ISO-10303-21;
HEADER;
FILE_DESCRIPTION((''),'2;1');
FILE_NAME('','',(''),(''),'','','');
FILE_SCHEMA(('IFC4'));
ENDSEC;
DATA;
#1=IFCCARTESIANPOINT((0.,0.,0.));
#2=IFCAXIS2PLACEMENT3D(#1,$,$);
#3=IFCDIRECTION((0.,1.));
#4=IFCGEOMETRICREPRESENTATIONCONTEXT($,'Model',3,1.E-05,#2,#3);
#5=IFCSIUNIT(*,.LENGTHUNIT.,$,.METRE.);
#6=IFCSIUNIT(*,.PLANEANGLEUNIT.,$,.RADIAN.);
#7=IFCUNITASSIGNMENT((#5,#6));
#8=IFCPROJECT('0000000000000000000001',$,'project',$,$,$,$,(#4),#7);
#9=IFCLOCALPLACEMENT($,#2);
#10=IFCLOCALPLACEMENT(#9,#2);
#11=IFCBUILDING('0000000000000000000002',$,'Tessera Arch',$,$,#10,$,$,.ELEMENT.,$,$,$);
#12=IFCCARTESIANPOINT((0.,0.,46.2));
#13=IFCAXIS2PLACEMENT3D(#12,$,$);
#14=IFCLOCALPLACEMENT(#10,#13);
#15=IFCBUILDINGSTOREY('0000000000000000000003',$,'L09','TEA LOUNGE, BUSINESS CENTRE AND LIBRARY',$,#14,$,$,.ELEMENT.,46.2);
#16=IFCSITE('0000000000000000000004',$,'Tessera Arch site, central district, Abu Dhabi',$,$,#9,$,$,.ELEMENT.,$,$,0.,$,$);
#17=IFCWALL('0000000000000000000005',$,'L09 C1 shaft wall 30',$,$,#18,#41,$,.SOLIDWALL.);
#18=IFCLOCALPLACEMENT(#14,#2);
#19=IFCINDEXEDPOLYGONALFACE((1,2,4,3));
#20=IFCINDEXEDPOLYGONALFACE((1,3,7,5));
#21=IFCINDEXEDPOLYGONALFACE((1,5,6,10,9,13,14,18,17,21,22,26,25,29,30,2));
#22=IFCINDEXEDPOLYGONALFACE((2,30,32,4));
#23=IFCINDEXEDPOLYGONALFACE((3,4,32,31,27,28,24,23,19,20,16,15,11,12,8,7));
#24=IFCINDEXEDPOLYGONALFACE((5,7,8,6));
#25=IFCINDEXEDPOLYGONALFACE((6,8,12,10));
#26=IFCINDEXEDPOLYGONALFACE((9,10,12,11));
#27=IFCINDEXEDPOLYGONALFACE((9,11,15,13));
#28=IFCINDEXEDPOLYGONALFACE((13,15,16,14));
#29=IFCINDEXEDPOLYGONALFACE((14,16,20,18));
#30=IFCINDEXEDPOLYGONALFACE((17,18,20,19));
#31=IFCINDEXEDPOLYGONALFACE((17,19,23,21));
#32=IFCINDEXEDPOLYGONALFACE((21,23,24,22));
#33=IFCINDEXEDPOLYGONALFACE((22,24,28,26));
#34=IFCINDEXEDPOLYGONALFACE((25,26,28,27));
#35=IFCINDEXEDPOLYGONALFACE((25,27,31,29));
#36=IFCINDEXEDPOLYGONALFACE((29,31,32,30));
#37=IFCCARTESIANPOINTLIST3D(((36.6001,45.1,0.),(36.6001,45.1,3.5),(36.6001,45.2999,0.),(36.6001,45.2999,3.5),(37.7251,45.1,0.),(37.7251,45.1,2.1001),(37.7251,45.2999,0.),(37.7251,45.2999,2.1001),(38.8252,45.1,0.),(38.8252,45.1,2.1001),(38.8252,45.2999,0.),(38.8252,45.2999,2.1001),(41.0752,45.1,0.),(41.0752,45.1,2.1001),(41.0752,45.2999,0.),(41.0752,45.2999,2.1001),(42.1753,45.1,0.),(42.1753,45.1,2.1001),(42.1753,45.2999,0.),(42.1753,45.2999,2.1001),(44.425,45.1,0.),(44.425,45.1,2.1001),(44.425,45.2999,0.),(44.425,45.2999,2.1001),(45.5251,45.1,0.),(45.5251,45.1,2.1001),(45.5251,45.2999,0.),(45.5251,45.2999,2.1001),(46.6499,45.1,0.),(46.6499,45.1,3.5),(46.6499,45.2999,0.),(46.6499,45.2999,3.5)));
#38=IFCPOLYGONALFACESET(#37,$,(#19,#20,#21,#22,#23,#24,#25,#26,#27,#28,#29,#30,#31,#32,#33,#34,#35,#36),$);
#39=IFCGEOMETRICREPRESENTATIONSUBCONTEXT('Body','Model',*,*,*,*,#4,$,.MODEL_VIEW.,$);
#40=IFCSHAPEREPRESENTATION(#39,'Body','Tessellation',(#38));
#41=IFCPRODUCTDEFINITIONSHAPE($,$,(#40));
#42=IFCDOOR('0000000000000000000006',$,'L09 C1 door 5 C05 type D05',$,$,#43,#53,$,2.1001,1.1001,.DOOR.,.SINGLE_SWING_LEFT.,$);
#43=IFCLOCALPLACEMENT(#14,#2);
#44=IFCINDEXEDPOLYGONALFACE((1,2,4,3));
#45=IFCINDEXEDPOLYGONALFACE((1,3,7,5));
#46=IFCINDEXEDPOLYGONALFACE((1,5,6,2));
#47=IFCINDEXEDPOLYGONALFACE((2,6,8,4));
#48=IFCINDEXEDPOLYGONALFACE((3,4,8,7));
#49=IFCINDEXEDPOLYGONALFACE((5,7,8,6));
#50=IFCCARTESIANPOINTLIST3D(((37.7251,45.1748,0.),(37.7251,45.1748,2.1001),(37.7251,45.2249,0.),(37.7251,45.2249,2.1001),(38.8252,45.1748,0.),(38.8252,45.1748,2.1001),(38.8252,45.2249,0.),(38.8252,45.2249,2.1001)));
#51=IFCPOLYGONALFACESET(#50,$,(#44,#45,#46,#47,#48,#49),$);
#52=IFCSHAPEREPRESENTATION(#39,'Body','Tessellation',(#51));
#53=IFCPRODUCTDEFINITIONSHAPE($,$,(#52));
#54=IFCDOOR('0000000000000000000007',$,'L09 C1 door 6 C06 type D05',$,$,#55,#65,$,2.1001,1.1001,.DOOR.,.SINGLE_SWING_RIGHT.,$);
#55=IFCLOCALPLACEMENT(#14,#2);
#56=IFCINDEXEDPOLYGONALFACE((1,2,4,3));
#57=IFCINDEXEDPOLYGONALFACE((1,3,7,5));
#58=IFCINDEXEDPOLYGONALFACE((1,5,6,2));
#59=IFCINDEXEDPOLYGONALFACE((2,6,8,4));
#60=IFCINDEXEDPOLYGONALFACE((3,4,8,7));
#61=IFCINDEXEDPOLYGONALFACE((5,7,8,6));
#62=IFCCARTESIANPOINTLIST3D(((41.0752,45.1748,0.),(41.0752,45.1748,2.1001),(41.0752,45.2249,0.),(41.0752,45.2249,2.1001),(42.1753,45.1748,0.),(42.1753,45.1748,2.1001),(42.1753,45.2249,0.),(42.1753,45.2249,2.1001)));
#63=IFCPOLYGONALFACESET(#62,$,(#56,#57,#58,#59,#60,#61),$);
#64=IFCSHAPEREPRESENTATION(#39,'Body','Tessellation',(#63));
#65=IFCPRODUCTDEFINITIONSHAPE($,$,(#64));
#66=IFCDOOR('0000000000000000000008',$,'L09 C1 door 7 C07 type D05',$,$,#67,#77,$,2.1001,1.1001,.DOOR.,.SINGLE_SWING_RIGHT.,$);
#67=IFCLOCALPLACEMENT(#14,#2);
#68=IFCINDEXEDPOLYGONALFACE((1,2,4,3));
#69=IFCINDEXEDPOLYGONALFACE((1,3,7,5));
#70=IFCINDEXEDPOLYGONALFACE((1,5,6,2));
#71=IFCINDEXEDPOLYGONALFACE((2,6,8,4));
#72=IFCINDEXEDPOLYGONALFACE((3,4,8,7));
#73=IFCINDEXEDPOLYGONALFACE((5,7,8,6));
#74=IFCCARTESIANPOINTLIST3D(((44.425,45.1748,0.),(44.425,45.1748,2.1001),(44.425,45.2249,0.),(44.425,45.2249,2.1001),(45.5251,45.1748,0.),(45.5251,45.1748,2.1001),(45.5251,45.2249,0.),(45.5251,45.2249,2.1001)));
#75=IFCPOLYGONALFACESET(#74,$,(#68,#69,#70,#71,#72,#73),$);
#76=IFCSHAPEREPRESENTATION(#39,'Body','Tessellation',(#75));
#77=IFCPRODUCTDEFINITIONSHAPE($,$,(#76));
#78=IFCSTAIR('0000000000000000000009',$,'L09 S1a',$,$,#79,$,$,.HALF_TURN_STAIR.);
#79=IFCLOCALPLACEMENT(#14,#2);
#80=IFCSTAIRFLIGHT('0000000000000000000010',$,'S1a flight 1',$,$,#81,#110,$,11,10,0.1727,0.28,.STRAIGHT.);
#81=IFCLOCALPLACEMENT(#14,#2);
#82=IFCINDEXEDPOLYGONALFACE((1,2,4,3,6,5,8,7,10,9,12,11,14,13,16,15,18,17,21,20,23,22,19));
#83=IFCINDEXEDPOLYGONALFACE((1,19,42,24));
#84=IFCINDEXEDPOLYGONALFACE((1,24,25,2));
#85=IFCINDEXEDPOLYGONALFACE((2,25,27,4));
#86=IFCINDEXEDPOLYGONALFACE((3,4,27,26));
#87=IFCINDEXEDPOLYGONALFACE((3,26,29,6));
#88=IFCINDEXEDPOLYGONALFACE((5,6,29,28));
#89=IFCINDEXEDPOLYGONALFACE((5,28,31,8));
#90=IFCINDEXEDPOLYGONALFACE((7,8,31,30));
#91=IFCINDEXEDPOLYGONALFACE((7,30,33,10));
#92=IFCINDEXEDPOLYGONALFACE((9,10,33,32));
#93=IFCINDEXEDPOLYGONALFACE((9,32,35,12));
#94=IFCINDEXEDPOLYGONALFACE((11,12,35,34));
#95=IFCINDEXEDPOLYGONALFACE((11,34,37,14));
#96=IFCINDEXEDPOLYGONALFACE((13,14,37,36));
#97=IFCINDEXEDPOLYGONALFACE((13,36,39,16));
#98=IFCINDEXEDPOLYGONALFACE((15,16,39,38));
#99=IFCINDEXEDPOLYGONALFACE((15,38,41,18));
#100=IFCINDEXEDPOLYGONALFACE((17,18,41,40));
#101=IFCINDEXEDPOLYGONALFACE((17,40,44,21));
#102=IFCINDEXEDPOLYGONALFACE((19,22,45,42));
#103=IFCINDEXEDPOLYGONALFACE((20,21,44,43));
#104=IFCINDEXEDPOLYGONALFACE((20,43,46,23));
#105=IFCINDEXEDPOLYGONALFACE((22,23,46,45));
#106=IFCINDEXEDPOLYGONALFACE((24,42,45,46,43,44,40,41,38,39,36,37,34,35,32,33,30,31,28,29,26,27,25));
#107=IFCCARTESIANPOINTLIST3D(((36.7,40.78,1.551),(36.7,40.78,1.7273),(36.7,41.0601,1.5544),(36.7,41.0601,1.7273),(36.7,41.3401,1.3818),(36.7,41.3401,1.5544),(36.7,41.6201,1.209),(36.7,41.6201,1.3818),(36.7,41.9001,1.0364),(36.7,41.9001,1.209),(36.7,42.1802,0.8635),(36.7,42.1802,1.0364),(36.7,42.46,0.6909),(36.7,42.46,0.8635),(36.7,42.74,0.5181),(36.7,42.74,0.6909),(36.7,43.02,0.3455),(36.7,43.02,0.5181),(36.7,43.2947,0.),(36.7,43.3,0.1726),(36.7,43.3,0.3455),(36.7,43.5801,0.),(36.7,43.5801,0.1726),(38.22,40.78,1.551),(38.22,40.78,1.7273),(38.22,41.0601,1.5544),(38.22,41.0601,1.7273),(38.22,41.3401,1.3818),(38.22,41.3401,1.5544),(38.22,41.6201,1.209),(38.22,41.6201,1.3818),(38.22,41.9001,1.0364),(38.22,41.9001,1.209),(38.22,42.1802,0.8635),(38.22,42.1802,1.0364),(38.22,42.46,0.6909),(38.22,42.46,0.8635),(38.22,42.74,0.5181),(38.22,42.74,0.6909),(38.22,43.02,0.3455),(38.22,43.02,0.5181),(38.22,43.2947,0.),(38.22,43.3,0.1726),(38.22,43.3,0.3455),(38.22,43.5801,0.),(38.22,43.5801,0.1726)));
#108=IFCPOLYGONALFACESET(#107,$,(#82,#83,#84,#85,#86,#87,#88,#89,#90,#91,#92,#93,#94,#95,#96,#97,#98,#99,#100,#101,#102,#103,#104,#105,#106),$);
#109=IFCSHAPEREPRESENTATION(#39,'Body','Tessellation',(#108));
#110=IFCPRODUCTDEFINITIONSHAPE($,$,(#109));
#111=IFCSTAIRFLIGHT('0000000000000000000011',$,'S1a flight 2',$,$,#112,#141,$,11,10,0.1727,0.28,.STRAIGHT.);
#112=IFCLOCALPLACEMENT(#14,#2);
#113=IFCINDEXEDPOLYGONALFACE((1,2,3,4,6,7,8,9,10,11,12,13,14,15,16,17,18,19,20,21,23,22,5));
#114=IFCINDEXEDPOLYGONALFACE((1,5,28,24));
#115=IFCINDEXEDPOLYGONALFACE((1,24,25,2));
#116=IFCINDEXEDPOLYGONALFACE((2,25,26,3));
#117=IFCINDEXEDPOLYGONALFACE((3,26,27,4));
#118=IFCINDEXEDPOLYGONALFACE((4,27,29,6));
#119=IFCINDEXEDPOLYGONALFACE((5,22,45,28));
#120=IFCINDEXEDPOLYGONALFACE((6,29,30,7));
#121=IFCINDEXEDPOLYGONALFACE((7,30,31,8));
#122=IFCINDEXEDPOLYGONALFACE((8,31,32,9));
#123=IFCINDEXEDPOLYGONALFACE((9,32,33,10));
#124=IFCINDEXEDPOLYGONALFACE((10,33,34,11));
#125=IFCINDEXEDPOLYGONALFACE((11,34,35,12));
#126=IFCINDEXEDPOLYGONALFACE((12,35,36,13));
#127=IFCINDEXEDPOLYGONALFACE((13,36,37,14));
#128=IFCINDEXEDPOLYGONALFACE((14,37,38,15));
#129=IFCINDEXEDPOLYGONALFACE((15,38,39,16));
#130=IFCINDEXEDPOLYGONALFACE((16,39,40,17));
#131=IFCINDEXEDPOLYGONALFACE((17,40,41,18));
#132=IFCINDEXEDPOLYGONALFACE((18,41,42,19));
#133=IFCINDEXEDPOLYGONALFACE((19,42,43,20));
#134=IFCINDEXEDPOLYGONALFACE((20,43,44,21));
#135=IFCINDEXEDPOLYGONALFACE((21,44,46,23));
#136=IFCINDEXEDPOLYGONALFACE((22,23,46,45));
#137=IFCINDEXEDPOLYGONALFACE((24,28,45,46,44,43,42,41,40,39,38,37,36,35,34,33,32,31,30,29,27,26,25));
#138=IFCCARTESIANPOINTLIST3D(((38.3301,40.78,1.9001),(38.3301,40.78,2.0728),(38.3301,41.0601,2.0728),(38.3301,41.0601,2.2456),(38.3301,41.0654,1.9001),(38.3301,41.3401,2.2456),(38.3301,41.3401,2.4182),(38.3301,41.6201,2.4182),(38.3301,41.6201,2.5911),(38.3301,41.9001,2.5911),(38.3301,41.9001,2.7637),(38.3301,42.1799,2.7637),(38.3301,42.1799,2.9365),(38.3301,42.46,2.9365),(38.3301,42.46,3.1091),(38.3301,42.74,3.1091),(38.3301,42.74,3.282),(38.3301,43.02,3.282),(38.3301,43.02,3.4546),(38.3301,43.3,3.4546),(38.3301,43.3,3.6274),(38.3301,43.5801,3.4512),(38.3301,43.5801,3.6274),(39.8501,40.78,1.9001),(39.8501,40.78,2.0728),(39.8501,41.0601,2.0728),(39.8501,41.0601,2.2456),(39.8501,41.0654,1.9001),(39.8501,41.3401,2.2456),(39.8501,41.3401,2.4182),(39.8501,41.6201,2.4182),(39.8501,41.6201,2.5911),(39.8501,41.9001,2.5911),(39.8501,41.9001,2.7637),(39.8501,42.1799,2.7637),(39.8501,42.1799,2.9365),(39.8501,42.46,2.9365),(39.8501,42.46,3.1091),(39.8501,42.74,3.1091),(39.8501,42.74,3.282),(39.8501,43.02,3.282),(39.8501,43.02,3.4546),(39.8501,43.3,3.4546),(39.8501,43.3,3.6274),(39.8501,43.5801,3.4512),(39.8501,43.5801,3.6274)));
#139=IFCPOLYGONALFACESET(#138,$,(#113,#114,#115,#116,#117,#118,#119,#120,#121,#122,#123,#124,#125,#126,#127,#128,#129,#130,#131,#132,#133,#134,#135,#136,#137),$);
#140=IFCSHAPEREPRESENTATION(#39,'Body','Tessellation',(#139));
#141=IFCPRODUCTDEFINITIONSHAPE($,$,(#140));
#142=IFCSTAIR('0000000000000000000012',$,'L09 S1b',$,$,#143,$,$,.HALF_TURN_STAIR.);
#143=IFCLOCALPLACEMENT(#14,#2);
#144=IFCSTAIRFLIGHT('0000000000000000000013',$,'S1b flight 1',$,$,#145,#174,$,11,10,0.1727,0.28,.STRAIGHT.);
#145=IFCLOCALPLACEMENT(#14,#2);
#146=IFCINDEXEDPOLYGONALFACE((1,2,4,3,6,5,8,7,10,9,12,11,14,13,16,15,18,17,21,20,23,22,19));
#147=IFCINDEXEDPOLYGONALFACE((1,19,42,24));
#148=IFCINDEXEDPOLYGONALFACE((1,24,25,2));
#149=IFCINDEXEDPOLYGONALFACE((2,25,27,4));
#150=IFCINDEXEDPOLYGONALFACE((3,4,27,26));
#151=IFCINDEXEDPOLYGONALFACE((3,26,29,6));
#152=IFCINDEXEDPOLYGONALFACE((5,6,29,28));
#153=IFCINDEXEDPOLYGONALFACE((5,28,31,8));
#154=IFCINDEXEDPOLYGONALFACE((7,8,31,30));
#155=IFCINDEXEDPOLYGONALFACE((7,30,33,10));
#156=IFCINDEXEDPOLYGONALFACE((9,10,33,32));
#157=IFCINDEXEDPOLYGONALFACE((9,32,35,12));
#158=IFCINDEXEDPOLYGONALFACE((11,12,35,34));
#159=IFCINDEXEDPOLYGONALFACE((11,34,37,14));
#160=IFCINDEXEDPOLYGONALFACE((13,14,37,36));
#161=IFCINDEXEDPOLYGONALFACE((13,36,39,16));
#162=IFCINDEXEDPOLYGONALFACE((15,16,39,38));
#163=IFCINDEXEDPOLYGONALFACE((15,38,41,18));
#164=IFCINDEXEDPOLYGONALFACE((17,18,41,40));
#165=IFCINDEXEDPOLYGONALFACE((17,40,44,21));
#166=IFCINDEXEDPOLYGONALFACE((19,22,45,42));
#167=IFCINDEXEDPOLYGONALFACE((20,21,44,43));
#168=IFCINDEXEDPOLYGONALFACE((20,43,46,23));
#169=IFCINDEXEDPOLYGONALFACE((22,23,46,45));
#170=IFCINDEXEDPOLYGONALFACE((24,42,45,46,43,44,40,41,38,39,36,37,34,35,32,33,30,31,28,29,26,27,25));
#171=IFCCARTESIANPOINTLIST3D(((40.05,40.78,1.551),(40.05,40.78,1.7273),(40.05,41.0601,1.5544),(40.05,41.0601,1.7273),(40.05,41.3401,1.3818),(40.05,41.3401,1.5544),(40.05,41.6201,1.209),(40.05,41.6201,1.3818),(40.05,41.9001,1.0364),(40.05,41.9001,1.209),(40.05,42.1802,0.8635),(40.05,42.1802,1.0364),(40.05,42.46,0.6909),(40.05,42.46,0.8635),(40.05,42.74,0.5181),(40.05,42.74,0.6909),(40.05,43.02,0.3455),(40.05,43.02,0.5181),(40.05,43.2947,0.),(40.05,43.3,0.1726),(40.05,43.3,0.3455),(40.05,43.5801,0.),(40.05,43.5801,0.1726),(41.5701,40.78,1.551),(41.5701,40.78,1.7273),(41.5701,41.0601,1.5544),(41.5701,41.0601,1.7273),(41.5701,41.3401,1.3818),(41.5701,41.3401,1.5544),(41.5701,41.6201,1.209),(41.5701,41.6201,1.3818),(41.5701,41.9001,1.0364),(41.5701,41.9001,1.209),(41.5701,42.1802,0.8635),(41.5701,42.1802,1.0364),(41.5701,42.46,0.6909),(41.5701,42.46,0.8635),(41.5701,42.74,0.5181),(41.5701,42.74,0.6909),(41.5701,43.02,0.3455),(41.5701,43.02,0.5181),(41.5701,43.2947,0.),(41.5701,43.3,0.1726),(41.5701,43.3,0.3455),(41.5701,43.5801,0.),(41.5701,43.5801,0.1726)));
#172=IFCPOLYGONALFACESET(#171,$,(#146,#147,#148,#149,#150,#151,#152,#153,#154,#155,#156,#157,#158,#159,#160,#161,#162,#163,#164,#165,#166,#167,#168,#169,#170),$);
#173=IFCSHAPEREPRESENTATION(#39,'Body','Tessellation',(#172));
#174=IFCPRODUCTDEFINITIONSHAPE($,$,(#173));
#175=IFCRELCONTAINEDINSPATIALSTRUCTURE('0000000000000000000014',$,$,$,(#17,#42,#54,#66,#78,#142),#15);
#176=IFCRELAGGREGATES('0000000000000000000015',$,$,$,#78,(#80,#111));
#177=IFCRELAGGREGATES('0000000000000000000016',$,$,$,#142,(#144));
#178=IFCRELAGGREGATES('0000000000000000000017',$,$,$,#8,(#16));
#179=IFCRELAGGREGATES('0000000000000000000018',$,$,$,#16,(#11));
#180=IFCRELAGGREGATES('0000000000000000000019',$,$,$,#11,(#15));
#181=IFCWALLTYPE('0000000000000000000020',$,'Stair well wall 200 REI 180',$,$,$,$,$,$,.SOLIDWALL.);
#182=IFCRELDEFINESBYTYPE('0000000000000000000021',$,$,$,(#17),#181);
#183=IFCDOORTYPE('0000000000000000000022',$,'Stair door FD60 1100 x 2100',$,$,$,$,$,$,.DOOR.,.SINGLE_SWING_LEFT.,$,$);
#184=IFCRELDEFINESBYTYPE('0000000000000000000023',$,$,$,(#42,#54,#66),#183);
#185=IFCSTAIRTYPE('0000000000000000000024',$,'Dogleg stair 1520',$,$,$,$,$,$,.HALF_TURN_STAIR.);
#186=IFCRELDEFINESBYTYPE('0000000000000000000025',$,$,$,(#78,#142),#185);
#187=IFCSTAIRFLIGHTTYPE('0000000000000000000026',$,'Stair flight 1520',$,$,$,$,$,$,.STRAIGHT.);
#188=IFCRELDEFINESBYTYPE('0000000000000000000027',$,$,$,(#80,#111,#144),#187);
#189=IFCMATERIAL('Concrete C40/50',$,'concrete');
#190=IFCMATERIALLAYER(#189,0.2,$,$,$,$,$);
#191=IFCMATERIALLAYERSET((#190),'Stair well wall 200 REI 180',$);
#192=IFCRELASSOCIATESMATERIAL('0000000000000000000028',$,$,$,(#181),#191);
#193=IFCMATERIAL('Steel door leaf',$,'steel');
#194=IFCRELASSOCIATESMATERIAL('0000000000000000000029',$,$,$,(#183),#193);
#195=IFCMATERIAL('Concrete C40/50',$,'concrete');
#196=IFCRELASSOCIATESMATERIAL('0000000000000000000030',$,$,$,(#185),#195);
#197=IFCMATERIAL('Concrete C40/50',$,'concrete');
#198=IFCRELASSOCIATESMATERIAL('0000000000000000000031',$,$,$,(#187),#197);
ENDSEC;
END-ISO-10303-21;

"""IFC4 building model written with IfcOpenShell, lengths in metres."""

from ifc_helpers import new_model, si_unit, direction, frame, frame_2d, origin, place, context, subcontext, project, spatial, polyline, rectangle, outline, extrude, material, layer, layer_set, type_object, element, fill, aggregate, save


model = new_model("IFC4")

# Units and contexts
model_context = context("Model", 3, precision=1e-05, world=origin(), true_north=direction((0.0, 1.0)))
body_context = subcontext(model_context, "Body", "Model", "MODEL_VIEW")
ifc_project = project(units=[si_unit("LENGTHUNIT", "METRE"), si_unit("PLANEANGLEUNIT", "RADIAN")], contexts=[model_context])

# Site, building, storey
site_placement = place(None, origin())
site = spatial("IfcSite", under=ifc_project, at=site_placement, Name="Tessera Arch site, central district, Abu Dhabi", CompositionType="ELEMENT", RefElevation=0.0)
building_placement = place(site_placement, origin())
building = spatial("IfcBuilding", under=site, at=building_placement, Name="Tessera Arch", CompositionType="ELEMENT")
storey_placement = place(building_placement, frame((0.0, 0.0, 46.2)))
storey = spatial("IfcBuildingStorey", under=building, at=storey_placement, Name="L09", Description="TEA LOUNGE, BUSINESS CENTRE AND LIBRARY", CompositionType="ELEMENT", Elevation=46.2)

# Shared definitions
ifc_material_1 = material(Name="Concrete C40/50", Category="concrete")
ifc_layer_1 = layer(ifc_material_1, 0.2)
ifc_layer_set_1 = layer_set([ifc_layer_1], Name="Stair well wall 200 REI 180")
wall_type_1 = type_object("IfcWallType", Name="Stair well wall 200 REI 180", PredefinedType="SOLIDWALL", material=ifc_layer_set_1)

# Wall, openings, doors
wall_1_placement = place(storey_placement, frame((36.6001, 45.2, 0.0), z_axis=(0.0, 0.0, 1.0), x_axis=(1.0, 0.0, 0.0)))
wall_1 = element("IfcWall", 1, at=wall_1_placement, inside=storey, type_object=wall_type_1, Name="L09 C1 shaft wall 30", PredefinedType="SOLIDWALL", context=body_context, shape_type="SweptSolid", body=[
    extrude(rectangle(XDim=10.0498, YDim=0.2, at=frame_2d((5.0249, 0.0))), origin(), (0.0, 0.0, 1.0), 3.5),
])
opening_1_placement = place(wall_1_placement, frame((1.125, 0.0, 0.0)))
opening_1 = element("IfcOpeningElement", 2, at=opening_1_placement, cuts=wall_1, PredefinedType="OPENING", context=body_context, shape_type="SweptSolid", body=[
    extrude(rectangle(XDim=1.1001, YDim=2.1001, at=frame_2d((0.55, 1.05))), frame((0.0, 0.1099, 0.0), z_axis=(0.0, -1.0, 0.0), x_axis=(1.0, 0.0, 0.0)), (0.0, 0.0, 1.0), 0.22),
])
opening_2_placement = place(wall_1_placement, frame((4.4751, 0.0, 0.0)))
opening_2 = element("IfcOpeningElement", 3, at=opening_2_placement, cuts=wall_1, PredefinedType="OPENING", context=body_context, shape_type="SweptSolid", body=[
    extrude(rectangle(XDim=1.1001, YDim=2.1001, at=frame_2d((0.55, 1.05))), frame((0.0, 0.1099, 0.0), z_axis=(0.0, -1.0, 0.0), x_axis=(1.0, 0.0, 0.0)), (0.0, 0.0, 1.0), 0.22),
])
opening_3_placement = place(wall_1_placement, frame((7.825, 0.0, 0.0)))
opening_3 = element("IfcOpeningElement", 4, at=opening_3_placement, cuts=wall_1, PredefinedType="OPENING", context=body_context, shape_type="SweptSolid", body=[
    extrude(rectangle(XDim=1.1001, YDim=2.1001, at=frame_2d((0.55, 1.05))), frame((0.0, 0.1099, 0.0), z_axis=(0.0, -1.0, 0.0), x_axis=(1.0, 0.0, 0.0)), (0.0, 0.0, 1.0), 0.22),
])
ifc_material_2 = material(Name="Steel door leaf", Category="steel")
door_type_1 = type_object("IfcDoorType", Name="Stair door FD60 1100 x 2100", OperationType="SINGLE_SWING_LEFT", PredefinedType="DOOR", material=ifc_material_2)
door_1_placement = place(opening_1_placement, origin())
door_1 = element("IfcDoor", 5, at=door_1_placement, inside=storey, type_object=door_type_1, Name="L09 C1 door 5 C05 type D05", OperationType="SINGLE_SWING_LEFT", OverallHeight=2.1001, OverallWidth=1.1001, PredefinedType="DOOR", context=body_context, shape_type="SweptSolid", body=[
    extrude(rectangle(XDim=1.1001, YDim=2.1001, at=frame_2d((0.55, 1.05))), frame((0.0, 0.0249, 0.0), z_axis=(0.0, -1.0, 0.0), x_axis=(1.0, 0.0, 0.0)), (0.0, 0.0, 1.0), 0.05),
])
fill(opening_1, door_1)
door_2_placement = place(opening_2_placement, origin())
door_2 = element("IfcDoor", 6, at=door_2_placement, inside=storey, type_object=door_type_1, Name="L09 C1 door 6 C06 type D05", OperationType="SINGLE_SWING_RIGHT", OverallHeight=2.1001, OverallWidth=1.1001, PredefinedType="DOOR", context=body_context, shape_type="SweptSolid", body=[
    extrude(rectangle(XDim=1.1001, YDim=2.1001, at=frame_2d((0.55, 1.05))), frame((0.0, 0.0249, 0.0), z_axis=(0.0, -1.0, 0.0), x_axis=(1.0, 0.0, 0.0)), (0.0, 0.0, 1.0), 0.05),
])
fill(opening_2, door_2)
door_3_placement = place(opening_3_placement, origin())
door_3 = element("IfcDoor", 7, at=door_3_placement, inside=storey, type_object=door_type_1, Name="L09 C1 door 7 C07 type D05", OperationType="SINGLE_SWING_RIGHT", OverallHeight=2.1001, OverallWidth=1.1001, PredefinedType="DOOR", context=body_context, shape_type="SweptSolid", body=[
    extrude(rectangle(XDim=1.1001, YDim=2.1001, at=frame_2d((0.55, 1.05))), frame((0.0, 0.0249, 0.0), z_axis=(0.0, -1.0, 0.0), x_axis=(1.0, 0.0, 0.0)), (0.0, 0.0, 1.0), 0.05),
])
fill(opening_3, door_3)

# Stair, stair flights
ifc_material_3 = material(Name="Concrete C40/50", Category="concrete")
stair_type = type_object("IfcStairType", Name="Dogleg stair 1520", PredefinedType="HALF_TURN_STAIR", material=ifc_material_3)
stair_1_placement = place(storey_placement, origin())
stair_1 = element("IfcStair", 8, at=stair_1_placement, inside=storey, type_object=stair_type, Name="L09 S1a", PredefinedType="HALF_TURN_STAIR")
ifc_material_4 = material(Name="Concrete C40/50", Category="concrete")
stair_flight_type = type_object("IfcStairFlightType", Name="Stair flight 1520", PredefinedType="STRAIGHT", material=ifc_material_4)
stair_flight_1_placement = place(storey_placement, frame((37.46, 43.5801, 0.0), z_axis=(0.0, 0.0, 1.0), x_axis=(0.0, -1.0, 0.0)))
stair_flight_1 = element("IfcStairFlight", 9, at=stair_flight_1_placement, type_object=stair_flight_type, Name="S1a flight 1", NumberOfRisers=11, NumberOfTreads=10, PredefinedType="STRAIGHT", RiserHeight=0.1727, TreadLength=0.28, context=body_context, shape_type="SweptSolid", body=[
    extrude(outline(polyline([(0.0, 0.0), (0.0, 0.1726), (0.28, 0.1726), (0.28, 0.3455), (0.5601, 0.3455), (0.5601, 0.5181), (0.8401, 0.5181), (0.8401, 0.6909), (1.1201, 0.6909), (1.1201, 0.8635), (1.3999, 0.8635), (1.3999, 1.0364), (1.6799, 1.0364), (1.6799, 1.209), (1.96, 1.209), (1.96, 1.3818), (2.24, 1.3818), (2.24, 1.5544), (2.52, 1.5544), (2.52, 1.7273), (2.8, 1.7273), (2.8, 1.8999), (2.8, 1.551), (0.2854, 0.0), (0.0, 0.0)])), frame((0.0, 0.76, 0.0), z_axis=(0.0, -1.0, 0.0), x_axis=(1.0, 0.0, 0.0)), (0.0, 0.0, 1.0), 1.52),
])
stair_flight_2_placement = place(storey_placement, frame((39.0901, 40.78, 1.9001), z_axis=(0.0, 0.0, 1.0), x_axis=(0.0, 1.0, 0.0)))
stair_flight_2 = element("IfcStairFlight", 10, at=stair_flight_2_placement, type_object=stair_flight_type, Name="S1a flight 2", NumberOfRisers=11, NumberOfTreads=10, PredefinedType="STRAIGHT", RiserHeight=0.1727, TreadLength=0.28, context=body_context, shape_type="SweptSolid", body=[
    extrude(outline(polyline([(0.0, 0.0), (0.0, 0.1726), (0.28, 0.1726), (0.28, 0.3455), (0.5601, 0.3455), (0.5601, 0.5181), (0.8401, 0.5181), (0.8401, 0.6909), (1.1201, 0.6909), (1.1201, 0.8635), (1.3999, 0.8635), (1.3999, 1.0364), (1.6799, 1.0364), (1.6799, 1.209), (1.96, 1.209), (1.96, 1.3818), (2.24, 1.3818), (2.24, 1.5544), (2.52, 1.5544), (2.52, 1.7273), (2.8, 1.7273), (2.8, 1.8999), (2.8, 1.551), (0.2854, 0.0), (0.0, 0.0)])), frame((0.0, 0.76, 0.0), z_axis=(0.0, -1.0, 0.0), x_axis=(1.0, 0.0, 0.0)), (0.0, 0.0, 1.0), 1.52),
])
aggregate(stair_1, [stair_flight_1, stair_flight_2])

# Stair, stair flight
stair_2_placement = place(storey_placement, origin())
stair_2 = element("IfcStair", 11, at=stair_2_placement, inside=storey, type_object=stair_type, Name="L09 S1b", PredefinedType="HALF_TURN_STAIR")
stair_flight_3_placement = place(storey_placement, frame((40.8101, 43.5801, 0.0), z_axis=(0.0, 0.0, 1.0), x_axis=(0.0, -1.0, 0.0)))
stair_flight_3 = element("IfcStairFlight", 12, at=stair_flight_3_placement, type_object=stair_flight_type, Name="S1b flight 1", NumberOfRisers=11, NumberOfTreads=10, PredefinedType="STRAIGHT", RiserHeight=0.1727, TreadLength=0.28, context=body_context, shape_type="SweptSolid", body=[
    extrude(outline(polyline([(0.0, 0.0), (0.0, 0.1726), (0.28, 0.1726), (0.28, 0.3455), (0.5601, 0.3455), (0.5601, 0.5181), (0.8401, 0.5181), (0.8401, 0.6909), (1.1201, 0.6909), (1.1201, 0.8635), (1.3999, 0.8635), (1.3999, 1.0364), (1.6799, 1.0364), (1.6799, 1.209), (1.96, 1.209), (1.96, 1.3818), (2.24, 1.3818), (2.24, 1.5544), (2.52, 1.5544), (2.52, 1.7273), (2.8, 1.7273), (2.8, 1.8999), (2.8, 1.551), (0.2854, 0.0), (0.0, 0.0)])), frame((0.0, 0.76, 0.0), z_axis=(0.0, -1.0, 0.0), x_axis=(1.0, 0.0, 0.0)), (0.0, 0.0, 1.0), 1.52),
])
aggregate(stair_2, [stair_flight_3])

save(model, "model.ifc")
